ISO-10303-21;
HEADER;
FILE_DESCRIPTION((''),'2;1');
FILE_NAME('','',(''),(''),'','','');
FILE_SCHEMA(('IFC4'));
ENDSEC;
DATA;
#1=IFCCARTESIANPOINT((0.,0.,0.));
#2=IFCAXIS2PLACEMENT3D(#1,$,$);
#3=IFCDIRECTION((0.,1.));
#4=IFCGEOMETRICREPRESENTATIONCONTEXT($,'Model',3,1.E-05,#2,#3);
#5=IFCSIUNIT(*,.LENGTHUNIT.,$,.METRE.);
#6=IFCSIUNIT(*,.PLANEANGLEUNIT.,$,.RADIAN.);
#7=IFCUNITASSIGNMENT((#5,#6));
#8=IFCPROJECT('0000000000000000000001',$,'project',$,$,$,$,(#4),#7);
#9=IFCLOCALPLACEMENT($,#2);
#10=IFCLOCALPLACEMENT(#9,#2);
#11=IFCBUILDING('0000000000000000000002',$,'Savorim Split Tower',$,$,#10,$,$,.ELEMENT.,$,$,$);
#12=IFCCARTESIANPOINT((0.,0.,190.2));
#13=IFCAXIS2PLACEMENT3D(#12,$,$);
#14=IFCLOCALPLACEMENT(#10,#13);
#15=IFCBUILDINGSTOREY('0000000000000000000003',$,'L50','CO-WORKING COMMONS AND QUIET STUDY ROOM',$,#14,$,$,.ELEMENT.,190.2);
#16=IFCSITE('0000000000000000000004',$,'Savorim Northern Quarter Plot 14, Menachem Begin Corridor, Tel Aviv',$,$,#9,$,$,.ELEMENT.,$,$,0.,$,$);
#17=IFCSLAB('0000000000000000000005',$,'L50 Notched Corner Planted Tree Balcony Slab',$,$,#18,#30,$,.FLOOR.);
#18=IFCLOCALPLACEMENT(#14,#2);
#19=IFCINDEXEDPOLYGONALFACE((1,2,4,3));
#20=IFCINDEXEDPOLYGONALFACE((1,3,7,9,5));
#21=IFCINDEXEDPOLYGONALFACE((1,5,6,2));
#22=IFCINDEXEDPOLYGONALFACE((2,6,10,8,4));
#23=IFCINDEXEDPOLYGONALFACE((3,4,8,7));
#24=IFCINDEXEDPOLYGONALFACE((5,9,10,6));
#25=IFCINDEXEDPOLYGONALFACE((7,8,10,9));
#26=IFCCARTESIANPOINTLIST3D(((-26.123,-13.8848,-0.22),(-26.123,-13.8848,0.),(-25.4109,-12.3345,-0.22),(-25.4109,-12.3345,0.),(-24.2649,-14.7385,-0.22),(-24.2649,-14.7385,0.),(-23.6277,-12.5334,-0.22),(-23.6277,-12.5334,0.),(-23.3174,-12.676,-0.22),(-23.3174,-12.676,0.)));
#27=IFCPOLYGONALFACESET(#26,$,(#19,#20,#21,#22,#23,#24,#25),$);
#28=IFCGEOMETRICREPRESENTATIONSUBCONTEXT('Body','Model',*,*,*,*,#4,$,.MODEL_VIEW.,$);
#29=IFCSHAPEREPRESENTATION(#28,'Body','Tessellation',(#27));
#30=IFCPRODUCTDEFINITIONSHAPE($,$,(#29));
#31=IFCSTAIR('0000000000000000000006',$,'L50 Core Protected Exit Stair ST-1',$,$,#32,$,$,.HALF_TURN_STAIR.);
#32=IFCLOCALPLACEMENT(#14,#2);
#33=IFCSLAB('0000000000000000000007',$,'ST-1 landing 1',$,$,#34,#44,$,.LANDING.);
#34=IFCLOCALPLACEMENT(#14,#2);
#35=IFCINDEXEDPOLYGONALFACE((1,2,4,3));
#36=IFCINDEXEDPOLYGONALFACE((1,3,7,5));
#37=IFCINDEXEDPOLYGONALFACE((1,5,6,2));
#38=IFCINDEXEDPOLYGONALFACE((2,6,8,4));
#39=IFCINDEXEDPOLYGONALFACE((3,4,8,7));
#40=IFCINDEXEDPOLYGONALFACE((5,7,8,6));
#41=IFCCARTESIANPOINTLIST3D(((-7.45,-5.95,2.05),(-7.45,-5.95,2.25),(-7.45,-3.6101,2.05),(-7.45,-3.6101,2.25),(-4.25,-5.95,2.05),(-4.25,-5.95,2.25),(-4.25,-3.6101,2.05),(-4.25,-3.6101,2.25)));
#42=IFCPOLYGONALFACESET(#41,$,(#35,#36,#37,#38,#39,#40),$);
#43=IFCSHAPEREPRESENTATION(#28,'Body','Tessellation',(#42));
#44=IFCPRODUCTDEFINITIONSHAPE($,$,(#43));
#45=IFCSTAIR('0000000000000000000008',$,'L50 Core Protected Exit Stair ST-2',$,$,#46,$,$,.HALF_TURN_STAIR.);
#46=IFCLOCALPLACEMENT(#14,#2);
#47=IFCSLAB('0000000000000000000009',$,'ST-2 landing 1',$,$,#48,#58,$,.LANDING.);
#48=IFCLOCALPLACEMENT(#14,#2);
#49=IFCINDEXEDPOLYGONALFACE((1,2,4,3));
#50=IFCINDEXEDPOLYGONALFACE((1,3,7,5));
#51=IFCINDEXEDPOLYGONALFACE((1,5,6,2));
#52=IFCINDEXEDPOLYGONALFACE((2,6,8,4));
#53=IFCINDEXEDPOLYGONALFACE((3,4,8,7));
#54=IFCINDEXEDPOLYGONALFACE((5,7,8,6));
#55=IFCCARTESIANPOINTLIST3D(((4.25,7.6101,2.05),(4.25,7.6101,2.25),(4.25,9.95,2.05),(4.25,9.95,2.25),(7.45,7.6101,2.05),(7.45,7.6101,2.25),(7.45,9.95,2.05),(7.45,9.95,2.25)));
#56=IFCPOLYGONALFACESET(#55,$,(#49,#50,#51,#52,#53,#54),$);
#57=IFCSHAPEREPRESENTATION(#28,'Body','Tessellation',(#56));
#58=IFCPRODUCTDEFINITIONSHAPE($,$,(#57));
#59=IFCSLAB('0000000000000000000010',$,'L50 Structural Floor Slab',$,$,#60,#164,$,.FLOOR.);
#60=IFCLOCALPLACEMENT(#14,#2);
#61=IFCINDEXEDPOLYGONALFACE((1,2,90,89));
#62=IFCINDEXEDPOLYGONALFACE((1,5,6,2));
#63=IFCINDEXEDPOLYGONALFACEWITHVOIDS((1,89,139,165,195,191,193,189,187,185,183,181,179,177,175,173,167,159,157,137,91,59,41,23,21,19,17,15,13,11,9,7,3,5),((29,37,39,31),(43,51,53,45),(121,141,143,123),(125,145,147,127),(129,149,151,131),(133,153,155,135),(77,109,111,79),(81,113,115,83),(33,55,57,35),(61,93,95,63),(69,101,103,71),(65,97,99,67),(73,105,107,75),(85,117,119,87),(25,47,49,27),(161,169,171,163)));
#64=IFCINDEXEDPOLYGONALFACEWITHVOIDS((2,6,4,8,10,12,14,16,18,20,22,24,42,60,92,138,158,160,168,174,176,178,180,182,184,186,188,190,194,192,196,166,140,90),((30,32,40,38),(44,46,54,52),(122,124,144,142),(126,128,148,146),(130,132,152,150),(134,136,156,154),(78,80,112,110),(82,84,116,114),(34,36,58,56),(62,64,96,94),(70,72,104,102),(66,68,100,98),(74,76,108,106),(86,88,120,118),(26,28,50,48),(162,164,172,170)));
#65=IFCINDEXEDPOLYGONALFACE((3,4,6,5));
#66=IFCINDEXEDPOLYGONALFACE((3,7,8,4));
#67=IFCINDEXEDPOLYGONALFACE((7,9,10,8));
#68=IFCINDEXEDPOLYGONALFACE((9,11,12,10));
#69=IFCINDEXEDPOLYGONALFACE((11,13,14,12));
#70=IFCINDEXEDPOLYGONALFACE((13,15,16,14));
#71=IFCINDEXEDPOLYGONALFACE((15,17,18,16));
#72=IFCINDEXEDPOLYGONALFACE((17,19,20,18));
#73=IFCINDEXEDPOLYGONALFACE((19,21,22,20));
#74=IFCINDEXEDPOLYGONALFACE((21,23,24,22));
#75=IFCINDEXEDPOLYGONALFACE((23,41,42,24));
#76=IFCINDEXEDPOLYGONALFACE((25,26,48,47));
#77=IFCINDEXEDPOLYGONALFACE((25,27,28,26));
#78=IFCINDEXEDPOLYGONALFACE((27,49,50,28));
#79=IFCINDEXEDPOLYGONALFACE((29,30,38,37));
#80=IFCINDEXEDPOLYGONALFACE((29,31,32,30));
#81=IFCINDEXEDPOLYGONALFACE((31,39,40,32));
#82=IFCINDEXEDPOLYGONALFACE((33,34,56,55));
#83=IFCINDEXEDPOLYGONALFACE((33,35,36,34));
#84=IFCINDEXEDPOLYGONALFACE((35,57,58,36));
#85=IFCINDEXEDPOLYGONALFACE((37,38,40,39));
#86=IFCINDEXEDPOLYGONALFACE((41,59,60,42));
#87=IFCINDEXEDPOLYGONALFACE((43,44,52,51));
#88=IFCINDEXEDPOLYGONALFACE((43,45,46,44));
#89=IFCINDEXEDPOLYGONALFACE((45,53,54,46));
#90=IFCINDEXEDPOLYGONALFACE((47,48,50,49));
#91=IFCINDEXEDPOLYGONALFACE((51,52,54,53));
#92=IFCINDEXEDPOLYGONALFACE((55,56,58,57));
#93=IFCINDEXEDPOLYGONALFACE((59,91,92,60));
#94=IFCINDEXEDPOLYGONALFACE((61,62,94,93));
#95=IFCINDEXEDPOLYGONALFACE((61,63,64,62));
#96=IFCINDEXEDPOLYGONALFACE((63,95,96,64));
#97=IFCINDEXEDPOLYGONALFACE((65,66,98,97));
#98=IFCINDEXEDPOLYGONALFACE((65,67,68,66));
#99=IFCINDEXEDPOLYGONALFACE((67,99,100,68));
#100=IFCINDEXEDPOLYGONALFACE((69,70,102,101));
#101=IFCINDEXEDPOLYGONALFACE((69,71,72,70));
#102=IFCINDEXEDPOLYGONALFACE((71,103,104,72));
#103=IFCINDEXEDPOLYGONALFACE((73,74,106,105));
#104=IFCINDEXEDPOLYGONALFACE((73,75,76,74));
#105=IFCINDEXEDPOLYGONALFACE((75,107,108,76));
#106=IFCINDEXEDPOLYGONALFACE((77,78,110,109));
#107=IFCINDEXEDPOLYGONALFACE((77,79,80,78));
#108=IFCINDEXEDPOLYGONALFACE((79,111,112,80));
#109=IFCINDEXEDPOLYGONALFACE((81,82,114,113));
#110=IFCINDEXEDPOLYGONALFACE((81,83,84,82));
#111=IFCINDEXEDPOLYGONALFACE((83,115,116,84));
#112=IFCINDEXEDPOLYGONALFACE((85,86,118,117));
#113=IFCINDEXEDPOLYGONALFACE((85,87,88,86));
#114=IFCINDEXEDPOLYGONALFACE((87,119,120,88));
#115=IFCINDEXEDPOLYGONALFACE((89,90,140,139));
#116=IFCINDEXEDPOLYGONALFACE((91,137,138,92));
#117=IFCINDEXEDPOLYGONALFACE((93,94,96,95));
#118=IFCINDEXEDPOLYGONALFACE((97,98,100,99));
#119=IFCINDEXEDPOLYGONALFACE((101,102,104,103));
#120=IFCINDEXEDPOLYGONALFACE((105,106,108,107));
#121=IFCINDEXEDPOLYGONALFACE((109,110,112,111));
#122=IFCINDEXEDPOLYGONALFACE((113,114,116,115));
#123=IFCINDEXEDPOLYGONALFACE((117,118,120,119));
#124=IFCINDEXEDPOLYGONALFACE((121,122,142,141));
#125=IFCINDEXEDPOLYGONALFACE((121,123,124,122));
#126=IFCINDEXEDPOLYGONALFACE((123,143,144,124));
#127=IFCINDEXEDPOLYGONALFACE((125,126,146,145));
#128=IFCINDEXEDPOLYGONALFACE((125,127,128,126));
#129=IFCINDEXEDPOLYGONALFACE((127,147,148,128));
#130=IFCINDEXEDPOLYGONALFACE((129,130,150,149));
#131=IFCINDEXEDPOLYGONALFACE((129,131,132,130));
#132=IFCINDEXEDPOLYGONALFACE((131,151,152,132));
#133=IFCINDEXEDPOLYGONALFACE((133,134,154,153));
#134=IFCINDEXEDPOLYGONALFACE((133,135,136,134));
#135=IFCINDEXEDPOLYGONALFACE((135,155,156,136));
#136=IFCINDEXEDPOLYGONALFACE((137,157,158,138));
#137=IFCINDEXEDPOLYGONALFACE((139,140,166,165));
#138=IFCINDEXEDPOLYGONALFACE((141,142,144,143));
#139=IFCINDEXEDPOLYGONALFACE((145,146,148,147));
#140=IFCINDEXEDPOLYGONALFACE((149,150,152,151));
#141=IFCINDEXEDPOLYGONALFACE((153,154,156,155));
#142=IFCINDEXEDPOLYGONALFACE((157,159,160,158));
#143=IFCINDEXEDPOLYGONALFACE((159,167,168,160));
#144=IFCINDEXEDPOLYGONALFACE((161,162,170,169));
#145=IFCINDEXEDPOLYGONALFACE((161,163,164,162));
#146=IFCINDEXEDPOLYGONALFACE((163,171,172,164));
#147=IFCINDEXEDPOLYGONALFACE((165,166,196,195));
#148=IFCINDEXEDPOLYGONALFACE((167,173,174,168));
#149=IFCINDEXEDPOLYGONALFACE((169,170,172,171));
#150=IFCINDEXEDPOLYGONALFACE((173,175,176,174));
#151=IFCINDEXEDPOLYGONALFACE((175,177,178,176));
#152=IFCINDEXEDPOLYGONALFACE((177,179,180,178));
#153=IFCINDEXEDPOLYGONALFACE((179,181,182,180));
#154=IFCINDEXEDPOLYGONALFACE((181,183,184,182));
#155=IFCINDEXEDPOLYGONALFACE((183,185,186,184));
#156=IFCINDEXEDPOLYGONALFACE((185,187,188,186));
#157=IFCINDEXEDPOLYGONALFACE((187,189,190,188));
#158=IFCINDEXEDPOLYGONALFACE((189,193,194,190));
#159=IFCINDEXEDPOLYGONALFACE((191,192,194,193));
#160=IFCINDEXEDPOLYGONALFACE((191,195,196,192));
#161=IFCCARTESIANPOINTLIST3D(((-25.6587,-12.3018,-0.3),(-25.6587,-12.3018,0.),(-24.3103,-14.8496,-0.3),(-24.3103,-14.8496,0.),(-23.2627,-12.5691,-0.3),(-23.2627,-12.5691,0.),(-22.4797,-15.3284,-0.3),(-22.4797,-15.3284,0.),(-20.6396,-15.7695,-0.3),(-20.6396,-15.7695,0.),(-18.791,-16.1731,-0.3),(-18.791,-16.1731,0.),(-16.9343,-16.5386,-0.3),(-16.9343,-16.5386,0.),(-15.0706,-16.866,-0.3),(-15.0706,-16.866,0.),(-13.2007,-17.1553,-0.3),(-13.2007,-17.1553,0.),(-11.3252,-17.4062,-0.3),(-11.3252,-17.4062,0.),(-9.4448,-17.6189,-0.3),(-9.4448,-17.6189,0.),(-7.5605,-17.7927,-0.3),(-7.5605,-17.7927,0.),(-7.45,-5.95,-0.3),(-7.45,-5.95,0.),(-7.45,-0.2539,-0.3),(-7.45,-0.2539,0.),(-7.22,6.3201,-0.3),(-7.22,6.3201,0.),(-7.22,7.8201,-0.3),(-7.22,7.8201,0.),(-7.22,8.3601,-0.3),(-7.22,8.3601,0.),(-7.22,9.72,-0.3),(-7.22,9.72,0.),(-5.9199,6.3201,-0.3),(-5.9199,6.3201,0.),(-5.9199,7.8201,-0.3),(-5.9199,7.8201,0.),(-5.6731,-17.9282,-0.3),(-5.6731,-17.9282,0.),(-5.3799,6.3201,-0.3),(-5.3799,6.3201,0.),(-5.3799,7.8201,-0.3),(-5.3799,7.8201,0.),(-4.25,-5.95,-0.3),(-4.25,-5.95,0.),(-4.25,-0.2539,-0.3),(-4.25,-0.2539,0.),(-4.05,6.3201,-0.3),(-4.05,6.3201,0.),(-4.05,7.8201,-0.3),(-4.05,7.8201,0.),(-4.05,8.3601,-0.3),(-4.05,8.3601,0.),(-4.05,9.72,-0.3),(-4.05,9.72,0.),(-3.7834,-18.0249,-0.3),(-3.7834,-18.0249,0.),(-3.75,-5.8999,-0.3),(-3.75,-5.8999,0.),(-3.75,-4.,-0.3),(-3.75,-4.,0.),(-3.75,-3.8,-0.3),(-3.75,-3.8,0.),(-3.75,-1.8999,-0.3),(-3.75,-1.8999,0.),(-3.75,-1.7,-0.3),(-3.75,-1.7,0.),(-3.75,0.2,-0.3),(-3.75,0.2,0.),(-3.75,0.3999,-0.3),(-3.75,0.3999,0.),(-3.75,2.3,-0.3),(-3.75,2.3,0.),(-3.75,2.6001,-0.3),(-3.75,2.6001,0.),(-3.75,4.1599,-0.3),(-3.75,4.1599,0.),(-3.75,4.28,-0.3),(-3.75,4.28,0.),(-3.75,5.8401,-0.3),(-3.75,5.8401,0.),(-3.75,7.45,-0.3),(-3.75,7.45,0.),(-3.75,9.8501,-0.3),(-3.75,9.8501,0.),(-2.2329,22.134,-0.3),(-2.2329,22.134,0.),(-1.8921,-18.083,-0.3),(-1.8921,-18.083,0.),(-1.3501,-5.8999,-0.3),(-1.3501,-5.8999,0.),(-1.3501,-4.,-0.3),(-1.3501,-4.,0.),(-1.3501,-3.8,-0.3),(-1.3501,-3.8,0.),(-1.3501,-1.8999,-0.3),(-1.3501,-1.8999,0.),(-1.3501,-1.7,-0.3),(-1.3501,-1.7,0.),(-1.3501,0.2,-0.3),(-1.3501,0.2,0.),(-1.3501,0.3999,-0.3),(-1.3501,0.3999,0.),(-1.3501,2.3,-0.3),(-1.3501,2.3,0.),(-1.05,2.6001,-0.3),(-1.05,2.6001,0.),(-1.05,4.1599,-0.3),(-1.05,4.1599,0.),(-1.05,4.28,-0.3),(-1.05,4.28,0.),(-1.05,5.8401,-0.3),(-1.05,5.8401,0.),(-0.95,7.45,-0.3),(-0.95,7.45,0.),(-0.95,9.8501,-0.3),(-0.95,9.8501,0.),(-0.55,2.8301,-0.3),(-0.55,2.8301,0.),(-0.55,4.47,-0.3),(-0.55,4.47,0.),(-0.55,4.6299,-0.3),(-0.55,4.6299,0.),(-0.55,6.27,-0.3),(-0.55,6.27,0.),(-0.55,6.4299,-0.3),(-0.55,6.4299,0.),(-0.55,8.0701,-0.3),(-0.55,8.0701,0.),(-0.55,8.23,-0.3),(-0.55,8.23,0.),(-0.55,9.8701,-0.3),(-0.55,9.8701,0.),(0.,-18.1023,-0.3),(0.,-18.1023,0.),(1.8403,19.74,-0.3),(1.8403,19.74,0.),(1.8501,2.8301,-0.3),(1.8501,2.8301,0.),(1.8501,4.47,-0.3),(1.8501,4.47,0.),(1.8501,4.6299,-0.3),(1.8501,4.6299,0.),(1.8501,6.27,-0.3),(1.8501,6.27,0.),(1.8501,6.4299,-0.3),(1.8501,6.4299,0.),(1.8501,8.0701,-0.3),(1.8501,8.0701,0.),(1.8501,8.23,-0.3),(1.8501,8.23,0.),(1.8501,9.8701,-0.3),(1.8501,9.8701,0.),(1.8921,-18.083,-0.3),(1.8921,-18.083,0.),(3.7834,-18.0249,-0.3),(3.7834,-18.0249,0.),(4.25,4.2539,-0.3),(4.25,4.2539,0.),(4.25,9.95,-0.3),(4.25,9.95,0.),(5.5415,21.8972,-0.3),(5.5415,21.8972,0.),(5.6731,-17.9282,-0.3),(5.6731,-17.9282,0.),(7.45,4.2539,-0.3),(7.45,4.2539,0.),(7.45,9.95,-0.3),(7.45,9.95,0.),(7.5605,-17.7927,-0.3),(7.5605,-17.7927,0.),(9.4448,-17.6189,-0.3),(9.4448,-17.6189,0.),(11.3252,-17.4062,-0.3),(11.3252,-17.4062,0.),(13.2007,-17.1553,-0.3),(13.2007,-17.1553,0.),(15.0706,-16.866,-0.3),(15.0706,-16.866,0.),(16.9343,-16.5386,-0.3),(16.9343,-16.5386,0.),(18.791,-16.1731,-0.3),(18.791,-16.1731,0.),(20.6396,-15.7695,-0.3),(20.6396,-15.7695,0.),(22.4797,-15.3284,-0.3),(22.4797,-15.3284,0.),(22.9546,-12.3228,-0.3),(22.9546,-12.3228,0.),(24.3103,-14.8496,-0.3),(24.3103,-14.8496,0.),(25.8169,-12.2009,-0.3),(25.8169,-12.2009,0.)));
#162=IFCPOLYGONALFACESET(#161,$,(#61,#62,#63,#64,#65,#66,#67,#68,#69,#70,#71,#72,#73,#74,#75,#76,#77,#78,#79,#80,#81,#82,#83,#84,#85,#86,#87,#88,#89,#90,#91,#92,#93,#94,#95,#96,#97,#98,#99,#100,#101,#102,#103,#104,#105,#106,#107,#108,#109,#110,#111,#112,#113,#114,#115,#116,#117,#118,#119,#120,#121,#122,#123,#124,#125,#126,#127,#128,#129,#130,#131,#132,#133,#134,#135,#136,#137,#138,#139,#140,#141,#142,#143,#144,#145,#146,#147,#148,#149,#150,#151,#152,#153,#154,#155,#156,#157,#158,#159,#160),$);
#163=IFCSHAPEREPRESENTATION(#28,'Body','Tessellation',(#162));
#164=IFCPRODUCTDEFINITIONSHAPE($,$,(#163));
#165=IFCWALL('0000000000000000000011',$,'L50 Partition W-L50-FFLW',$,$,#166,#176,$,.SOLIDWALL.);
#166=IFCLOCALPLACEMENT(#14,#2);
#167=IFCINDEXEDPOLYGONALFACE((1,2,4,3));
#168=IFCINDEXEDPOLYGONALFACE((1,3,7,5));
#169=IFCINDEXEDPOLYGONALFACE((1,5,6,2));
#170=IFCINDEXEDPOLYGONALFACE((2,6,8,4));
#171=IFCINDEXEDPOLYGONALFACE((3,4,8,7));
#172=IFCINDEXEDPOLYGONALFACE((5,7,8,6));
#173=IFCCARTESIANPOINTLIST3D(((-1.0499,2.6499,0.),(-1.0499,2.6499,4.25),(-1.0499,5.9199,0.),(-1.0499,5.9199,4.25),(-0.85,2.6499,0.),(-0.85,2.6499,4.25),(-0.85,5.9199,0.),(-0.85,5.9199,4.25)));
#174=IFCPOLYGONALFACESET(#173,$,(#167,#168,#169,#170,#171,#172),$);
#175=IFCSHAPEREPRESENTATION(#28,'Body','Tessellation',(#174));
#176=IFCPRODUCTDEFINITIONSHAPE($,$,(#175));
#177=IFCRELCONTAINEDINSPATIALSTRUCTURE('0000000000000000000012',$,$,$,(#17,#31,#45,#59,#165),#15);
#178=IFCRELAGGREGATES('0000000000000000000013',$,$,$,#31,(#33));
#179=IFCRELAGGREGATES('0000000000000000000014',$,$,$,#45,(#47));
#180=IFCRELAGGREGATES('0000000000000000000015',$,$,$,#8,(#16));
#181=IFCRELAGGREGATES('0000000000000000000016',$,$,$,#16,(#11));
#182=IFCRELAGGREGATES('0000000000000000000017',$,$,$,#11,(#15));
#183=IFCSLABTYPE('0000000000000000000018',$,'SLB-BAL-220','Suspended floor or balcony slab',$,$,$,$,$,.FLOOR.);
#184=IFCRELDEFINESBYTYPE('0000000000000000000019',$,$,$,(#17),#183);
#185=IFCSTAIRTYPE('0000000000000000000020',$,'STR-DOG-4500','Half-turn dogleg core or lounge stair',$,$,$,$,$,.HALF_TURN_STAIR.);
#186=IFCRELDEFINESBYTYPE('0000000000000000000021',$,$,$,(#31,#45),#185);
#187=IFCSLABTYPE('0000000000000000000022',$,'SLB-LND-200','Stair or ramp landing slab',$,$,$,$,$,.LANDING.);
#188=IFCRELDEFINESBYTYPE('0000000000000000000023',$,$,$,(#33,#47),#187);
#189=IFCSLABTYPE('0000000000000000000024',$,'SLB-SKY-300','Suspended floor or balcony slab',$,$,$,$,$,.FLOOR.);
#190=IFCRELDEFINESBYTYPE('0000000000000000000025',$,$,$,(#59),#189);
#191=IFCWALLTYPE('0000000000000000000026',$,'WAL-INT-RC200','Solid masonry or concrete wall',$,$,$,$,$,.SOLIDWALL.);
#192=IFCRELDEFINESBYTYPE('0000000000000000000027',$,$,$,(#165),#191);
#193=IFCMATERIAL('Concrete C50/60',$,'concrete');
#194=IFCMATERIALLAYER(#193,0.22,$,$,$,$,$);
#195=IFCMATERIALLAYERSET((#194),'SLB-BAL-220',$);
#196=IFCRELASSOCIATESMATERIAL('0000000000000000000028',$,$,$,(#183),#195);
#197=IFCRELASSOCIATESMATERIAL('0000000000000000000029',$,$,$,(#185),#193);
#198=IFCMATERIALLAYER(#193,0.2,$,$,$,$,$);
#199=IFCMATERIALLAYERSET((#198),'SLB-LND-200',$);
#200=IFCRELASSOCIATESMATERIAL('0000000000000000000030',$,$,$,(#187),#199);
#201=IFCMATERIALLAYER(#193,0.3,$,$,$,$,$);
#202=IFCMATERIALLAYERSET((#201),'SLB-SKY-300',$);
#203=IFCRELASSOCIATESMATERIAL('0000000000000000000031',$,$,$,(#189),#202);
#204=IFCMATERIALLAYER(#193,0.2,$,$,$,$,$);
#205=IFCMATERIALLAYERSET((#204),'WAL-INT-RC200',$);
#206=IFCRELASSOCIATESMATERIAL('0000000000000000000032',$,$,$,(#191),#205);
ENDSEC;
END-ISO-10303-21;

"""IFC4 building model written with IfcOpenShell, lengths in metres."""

from ifc_helpers import new_model, si_unit, direction, frame, frame_2d, origin, place, context, subcontext, project, spatial, polyline, rectangle, outline, extrude, material, layer, layer_set, type_object, element, aggregate, save


model = new_model("IFC4")

# Units and contexts
model_context = context("Model", 3, precision=1e-05, world=origin(), true_north=direction((0.0, 1.0)))
body_context = subcontext(model_context, "Body", "Model", "MODEL_VIEW")
ifc_project = project(units=[si_unit("LENGTHUNIT", "METRE"), si_unit("PLANEANGLEUNIT", "RADIAN")], contexts=[model_context])

# Site, building, storey
site_placement = place(None, origin())
site = spatial("IfcSite", under=ifc_project, at=site_placement, Name="Savorim Northern Quarter Plot 14, Menachem Begin Corridor, Tel Aviv", CompositionType="ELEMENT", RefElevation=0.0)
building_placement = place(site_placement, origin())
building = spatial("IfcBuilding", under=site, at=building_placement, Name="Savorim Split Tower", CompositionType="ELEMENT")
storey_placement = place(building_placement, frame((0.0, 0.0, 190.2)))
storey = spatial("IfcBuildingStorey", under=building, at=storey_placement, Name="L50", Description="CO-WORKING COMMONS AND QUIET STUDY ROOM", CompositionType="ELEMENT", Elevation=190.2)

# Slab
ifc_material_1 = material(Name="Concrete C50/60", Category="concrete")
ifc_layer_1 = layer(ifc_material_1, 0.22)
ifc_layer_set_1 = layer_set([ifc_layer_1], Name="SLB-BAL-220")
slab_type_1 = type_object("IfcSlabType", Name="SLB-BAL-220", Description="Suspended floor or balcony slab", PredefinedType="FLOOR", material=ifc_layer_set_1)
slab_1_placement = place(storey_placement, frame((0.0, 0.0, -0.22)))
element("IfcSlab", 1, at=slab_1_placement, inside=storey, type_object=slab_type_1, Name="L50 Notched Corner Planted Tree Balcony Slab", PredefinedType="FLOOR", context=body_context, shape_type="SweptSolid", body=[
    extrude(outline(polyline([(-24.2649, -14.7385), (-23.3174, -12.676), (-23.6277, -12.5334), (-25.4109, -12.3345), (-26.123, -13.8848), (-24.2649, -14.7385)])), origin(), (0.0, 0.0, 1.0), 0.22),
])

# Stairs, slabs
stair_type = type_object("IfcStairType", Name="STR-DOG-4500", Description="Half-turn dogleg core or lounge stair", PredefinedType="HALF_TURN_STAIR", material=ifc_material_1)
stair_1_placement = place(storey_placement, origin())
stair_1 = element("IfcStair", 2, at=stair_1_placement, inside=storey, type_object=stair_type, Name="L50 Core Protected Exit Stair ST-1", PredefinedType="HALF_TURN_STAIR")
ifc_layer_2 = layer(ifc_material_1, 0.2)
ifc_layer_set_2 = layer_set([ifc_layer_2], Name="SLB-LND-200")
slab_type_2 = type_object("IfcSlabType", Name="SLB-LND-200", Description="Stair or ramp landing slab", PredefinedType="LANDING", material=ifc_layer_set_2)
slab_2_placement = place(storey_placement, frame((0.0, 0.0, 2.05)))
slab_2 = element("IfcSlab", 3, at=slab_2_placement, type_object=slab_type_2, Name="ST-1 landing 1", PredefinedType="LANDING", context=body_context, shape_type="SweptSolid", body=[
    extrude(outline(polyline([(-7.45, -3.6101), (-7.45, -5.95), (-4.25, -5.95), (-4.25, -3.6101), (-7.45, -3.6101)])), origin(), (0.0, 0.0, 1.0), 0.2),
])
aggregate(stair_1, [slab_2])
stair_2_placement = place(storey_placement, origin())
stair_2 = element("IfcStair", 4, at=stair_2_placement, inside=storey, type_object=stair_type, Name="L50 Core Protected Exit Stair ST-2", PredefinedType="HALF_TURN_STAIR")
slab_3_placement = place(storey_placement, frame((0.0, 0.0, 2.05)))
slab_3 = element("IfcSlab", 5, at=slab_3_placement, type_object=slab_type_2, Name="ST-2 landing 1", PredefinedType="LANDING", context=body_context, shape_type="SweptSolid", body=[
    extrude(outline(polyline([(7.45, 7.6101), (7.45, 9.95), (4.25, 9.95), (4.25, 7.6101), (7.45, 7.6101)])), origin(), (0.0, 0.0, 1.0), 0.2),
])
aggregate(stair_2, [slab_3])

# Slab
ifc_layer_3 = layer(ifc_material_1, 0.3)
ifc_layer_set_3 = layer_set([ifc_layer_3], Name="SLB-SKY-300")
slab_type_3 = type_object("IfcSlabType", Name="SLB-SKY-300", Description="Suspended floor or balcony slab", PredefinedType="FLOOR", material=ifc_layer_set_3)
slab_4_placement = place(storey_placement, frame((0.0, 0.0, -0.3)))
element("IfcSlab", 6, at=slab_4_placement, inside=storey, type_object=slab_type_3, Name="L50 Structural Floor Slab", PredefinedType="FLOOR", context=body_context, shape_type="SweptSolid", body=[
    extrude(outline(polyline([(-24.3103, -14.8496), (-22.4797, -15.3284), (-20.6396, -15.7695), (-18.791, -16.1731), (-16.9343, -16.5386), (-15.0706, -16.866), (-13.2007, -17.1553), (-11.3252, -17.4062), (-9.4448, -17.6189), (-7.5605, -17.7927), (-5.6731, -17.9282), (-3.7834, -18.0249), (-1.8921, -18.083), (0.0, -18.1023), (1.8921, -18.083), (3.7834, -18.0249), (5.6731, -17.9282), (7.5605, -17.7927), (9.4448, -17.6189), (11.3252, -17.4062), (13.2007, -17.1553), (15.0706, -16.866), (16.9343, -16.5386), (18.791, -16.1731), (20.6396, -15.7695), (22.4797, -15.3284), (24.3103, -14.8496), (22.9546, -12.3228), (25.8169, -12.2009), (5.5415, 21.8972), (1.8403, 19.74), (-2.2329, 22.134), (-25.6587, -12.3018), (-23.2627, -12.5691), (-24.3103, -14.8496)]), holes=[polyline([(-7.45, -0.2539), (-7.45, -5.95), (-4.25, -5.95), (-4.25, -0.2539), (-7.45, -0.2539)]), polyline([(7.45, 4.2539), (7.45, 9.95), (4.25, 9.95), (4.25, 4.2539), (7.45, 4.2539)]), polyline([(-3.75, -5.8999), (-1.3501, -5.8999), (-1.3501, -4.0), (-3.75, -4.0), (-3.75, -5.8999)]), polyline([(-3.75, -3.8), (-1.3501, -3.8), (-1.3501, -1.8999), (-3.75, -1.8999), (-3.75, -3.8)]), polyline([(-3.75, -1.7), (-1.3501, -1.7), (-1.3501, 0.2), (-3.75, 0.2), (-3.75, -1.7)]), polyline([(-3.75, 0.3999), (-1.3501, 0.3999), (-1.3501, 2.3), (-3.75, 2.3), (-3.75, 0.3999)]), polyline([(-0.55, 2.8301), (1.8501, 2.8301), (1.8501, 4.47), (-0.55, 4.47), (-0.55, 2.8301)]), polyline([(-0.55, 4.6299), (1.8501, 4.6299), (1.8501, 6.27), (-0.55, 6.27), (-0.55, 4.6299)]), polyline([(-0.55, 6.4299), (1.8501, 6.4299), (1.8501, 8.0701), (-0.55, 8.0701), (-0.55, 6.4299)]), polyline([(-0.55, 8.23), (1.8501, 8.23), (1.8501, 9.8701), (-0.55, 9.8701), (-0.55, 8.23)]), polyline([(-3.75, 2.6001), (-1.05, 2.6001), (-1.05, 4.1599), (-3.75, 4.1599), (-3.75, 2.6001)]), polyline([(-3.75, 4.28), (-1.05, 4.28), (-1.05, 5.8401), (-3.75, 5.8401), (-3.75, 4.28)]), polyline([(-3.75, 7.45), (-0.95, 7.45), (-0.95, 9.8501), (-3.75, 9.8501), (-3.75, 7.45)]), polyline([(-7.22, 6.3201), (-5.9199, 6.3201), (-5.9199, 7.8201), (-7.22, 7.8201), (-7.22, 6.3201)]), polyline([(-5.3799, 6.3201), (-4.05, 6.3201), (-4.05, 7.8201), (-5.3799, 7.8201), (-5.3799, 6.3201)]), polyline([(-7.22, 8.3601), (-4.05, 8.3601), (-4.05, 9.72), (-7.22, 9.72), (-7.22, 8.3601)])]), origin(), (0.0, 0.0, 1.0), 0.3),
])

# Shared definitions
ifc_layer_4 = layer(ifc_material_1, 0.2)
ifc_layer_set_4 = layer_set([ifc_layer_4], Name="WAL-INT-RC200")
wall_type_1 = type_object("IfcWallType", Name="WAL-INT-RC200", Description="Solid masonry or concrete wall", PredefinedType="SOLIDWALL", material=ifc_layer_set_4)

# Wall
wall_1_placement = place(storey_placement, frame((-0.95, 2.6499, 0.0), z_axis=(0.0, 0.0, 1.0), x_axis=(0.0, 1.0, 0.0)))
element("IfcWall", 7, at=wall_1_placement, inside=storey, type_object=wall_type_1, Name="L50 Partition W-L50-FFLW", PredefinedType="SOLIDWALL", context=body_context, shape_type="SweptSolid", body=[
    extrude(rectangle(XDim=3.27, YDim=0.2, at=frame_2d((1.635, 0.0))), origin(), (0.0, 0.0, 1.0), 4.25),
])

save(model, "model.ifc")
